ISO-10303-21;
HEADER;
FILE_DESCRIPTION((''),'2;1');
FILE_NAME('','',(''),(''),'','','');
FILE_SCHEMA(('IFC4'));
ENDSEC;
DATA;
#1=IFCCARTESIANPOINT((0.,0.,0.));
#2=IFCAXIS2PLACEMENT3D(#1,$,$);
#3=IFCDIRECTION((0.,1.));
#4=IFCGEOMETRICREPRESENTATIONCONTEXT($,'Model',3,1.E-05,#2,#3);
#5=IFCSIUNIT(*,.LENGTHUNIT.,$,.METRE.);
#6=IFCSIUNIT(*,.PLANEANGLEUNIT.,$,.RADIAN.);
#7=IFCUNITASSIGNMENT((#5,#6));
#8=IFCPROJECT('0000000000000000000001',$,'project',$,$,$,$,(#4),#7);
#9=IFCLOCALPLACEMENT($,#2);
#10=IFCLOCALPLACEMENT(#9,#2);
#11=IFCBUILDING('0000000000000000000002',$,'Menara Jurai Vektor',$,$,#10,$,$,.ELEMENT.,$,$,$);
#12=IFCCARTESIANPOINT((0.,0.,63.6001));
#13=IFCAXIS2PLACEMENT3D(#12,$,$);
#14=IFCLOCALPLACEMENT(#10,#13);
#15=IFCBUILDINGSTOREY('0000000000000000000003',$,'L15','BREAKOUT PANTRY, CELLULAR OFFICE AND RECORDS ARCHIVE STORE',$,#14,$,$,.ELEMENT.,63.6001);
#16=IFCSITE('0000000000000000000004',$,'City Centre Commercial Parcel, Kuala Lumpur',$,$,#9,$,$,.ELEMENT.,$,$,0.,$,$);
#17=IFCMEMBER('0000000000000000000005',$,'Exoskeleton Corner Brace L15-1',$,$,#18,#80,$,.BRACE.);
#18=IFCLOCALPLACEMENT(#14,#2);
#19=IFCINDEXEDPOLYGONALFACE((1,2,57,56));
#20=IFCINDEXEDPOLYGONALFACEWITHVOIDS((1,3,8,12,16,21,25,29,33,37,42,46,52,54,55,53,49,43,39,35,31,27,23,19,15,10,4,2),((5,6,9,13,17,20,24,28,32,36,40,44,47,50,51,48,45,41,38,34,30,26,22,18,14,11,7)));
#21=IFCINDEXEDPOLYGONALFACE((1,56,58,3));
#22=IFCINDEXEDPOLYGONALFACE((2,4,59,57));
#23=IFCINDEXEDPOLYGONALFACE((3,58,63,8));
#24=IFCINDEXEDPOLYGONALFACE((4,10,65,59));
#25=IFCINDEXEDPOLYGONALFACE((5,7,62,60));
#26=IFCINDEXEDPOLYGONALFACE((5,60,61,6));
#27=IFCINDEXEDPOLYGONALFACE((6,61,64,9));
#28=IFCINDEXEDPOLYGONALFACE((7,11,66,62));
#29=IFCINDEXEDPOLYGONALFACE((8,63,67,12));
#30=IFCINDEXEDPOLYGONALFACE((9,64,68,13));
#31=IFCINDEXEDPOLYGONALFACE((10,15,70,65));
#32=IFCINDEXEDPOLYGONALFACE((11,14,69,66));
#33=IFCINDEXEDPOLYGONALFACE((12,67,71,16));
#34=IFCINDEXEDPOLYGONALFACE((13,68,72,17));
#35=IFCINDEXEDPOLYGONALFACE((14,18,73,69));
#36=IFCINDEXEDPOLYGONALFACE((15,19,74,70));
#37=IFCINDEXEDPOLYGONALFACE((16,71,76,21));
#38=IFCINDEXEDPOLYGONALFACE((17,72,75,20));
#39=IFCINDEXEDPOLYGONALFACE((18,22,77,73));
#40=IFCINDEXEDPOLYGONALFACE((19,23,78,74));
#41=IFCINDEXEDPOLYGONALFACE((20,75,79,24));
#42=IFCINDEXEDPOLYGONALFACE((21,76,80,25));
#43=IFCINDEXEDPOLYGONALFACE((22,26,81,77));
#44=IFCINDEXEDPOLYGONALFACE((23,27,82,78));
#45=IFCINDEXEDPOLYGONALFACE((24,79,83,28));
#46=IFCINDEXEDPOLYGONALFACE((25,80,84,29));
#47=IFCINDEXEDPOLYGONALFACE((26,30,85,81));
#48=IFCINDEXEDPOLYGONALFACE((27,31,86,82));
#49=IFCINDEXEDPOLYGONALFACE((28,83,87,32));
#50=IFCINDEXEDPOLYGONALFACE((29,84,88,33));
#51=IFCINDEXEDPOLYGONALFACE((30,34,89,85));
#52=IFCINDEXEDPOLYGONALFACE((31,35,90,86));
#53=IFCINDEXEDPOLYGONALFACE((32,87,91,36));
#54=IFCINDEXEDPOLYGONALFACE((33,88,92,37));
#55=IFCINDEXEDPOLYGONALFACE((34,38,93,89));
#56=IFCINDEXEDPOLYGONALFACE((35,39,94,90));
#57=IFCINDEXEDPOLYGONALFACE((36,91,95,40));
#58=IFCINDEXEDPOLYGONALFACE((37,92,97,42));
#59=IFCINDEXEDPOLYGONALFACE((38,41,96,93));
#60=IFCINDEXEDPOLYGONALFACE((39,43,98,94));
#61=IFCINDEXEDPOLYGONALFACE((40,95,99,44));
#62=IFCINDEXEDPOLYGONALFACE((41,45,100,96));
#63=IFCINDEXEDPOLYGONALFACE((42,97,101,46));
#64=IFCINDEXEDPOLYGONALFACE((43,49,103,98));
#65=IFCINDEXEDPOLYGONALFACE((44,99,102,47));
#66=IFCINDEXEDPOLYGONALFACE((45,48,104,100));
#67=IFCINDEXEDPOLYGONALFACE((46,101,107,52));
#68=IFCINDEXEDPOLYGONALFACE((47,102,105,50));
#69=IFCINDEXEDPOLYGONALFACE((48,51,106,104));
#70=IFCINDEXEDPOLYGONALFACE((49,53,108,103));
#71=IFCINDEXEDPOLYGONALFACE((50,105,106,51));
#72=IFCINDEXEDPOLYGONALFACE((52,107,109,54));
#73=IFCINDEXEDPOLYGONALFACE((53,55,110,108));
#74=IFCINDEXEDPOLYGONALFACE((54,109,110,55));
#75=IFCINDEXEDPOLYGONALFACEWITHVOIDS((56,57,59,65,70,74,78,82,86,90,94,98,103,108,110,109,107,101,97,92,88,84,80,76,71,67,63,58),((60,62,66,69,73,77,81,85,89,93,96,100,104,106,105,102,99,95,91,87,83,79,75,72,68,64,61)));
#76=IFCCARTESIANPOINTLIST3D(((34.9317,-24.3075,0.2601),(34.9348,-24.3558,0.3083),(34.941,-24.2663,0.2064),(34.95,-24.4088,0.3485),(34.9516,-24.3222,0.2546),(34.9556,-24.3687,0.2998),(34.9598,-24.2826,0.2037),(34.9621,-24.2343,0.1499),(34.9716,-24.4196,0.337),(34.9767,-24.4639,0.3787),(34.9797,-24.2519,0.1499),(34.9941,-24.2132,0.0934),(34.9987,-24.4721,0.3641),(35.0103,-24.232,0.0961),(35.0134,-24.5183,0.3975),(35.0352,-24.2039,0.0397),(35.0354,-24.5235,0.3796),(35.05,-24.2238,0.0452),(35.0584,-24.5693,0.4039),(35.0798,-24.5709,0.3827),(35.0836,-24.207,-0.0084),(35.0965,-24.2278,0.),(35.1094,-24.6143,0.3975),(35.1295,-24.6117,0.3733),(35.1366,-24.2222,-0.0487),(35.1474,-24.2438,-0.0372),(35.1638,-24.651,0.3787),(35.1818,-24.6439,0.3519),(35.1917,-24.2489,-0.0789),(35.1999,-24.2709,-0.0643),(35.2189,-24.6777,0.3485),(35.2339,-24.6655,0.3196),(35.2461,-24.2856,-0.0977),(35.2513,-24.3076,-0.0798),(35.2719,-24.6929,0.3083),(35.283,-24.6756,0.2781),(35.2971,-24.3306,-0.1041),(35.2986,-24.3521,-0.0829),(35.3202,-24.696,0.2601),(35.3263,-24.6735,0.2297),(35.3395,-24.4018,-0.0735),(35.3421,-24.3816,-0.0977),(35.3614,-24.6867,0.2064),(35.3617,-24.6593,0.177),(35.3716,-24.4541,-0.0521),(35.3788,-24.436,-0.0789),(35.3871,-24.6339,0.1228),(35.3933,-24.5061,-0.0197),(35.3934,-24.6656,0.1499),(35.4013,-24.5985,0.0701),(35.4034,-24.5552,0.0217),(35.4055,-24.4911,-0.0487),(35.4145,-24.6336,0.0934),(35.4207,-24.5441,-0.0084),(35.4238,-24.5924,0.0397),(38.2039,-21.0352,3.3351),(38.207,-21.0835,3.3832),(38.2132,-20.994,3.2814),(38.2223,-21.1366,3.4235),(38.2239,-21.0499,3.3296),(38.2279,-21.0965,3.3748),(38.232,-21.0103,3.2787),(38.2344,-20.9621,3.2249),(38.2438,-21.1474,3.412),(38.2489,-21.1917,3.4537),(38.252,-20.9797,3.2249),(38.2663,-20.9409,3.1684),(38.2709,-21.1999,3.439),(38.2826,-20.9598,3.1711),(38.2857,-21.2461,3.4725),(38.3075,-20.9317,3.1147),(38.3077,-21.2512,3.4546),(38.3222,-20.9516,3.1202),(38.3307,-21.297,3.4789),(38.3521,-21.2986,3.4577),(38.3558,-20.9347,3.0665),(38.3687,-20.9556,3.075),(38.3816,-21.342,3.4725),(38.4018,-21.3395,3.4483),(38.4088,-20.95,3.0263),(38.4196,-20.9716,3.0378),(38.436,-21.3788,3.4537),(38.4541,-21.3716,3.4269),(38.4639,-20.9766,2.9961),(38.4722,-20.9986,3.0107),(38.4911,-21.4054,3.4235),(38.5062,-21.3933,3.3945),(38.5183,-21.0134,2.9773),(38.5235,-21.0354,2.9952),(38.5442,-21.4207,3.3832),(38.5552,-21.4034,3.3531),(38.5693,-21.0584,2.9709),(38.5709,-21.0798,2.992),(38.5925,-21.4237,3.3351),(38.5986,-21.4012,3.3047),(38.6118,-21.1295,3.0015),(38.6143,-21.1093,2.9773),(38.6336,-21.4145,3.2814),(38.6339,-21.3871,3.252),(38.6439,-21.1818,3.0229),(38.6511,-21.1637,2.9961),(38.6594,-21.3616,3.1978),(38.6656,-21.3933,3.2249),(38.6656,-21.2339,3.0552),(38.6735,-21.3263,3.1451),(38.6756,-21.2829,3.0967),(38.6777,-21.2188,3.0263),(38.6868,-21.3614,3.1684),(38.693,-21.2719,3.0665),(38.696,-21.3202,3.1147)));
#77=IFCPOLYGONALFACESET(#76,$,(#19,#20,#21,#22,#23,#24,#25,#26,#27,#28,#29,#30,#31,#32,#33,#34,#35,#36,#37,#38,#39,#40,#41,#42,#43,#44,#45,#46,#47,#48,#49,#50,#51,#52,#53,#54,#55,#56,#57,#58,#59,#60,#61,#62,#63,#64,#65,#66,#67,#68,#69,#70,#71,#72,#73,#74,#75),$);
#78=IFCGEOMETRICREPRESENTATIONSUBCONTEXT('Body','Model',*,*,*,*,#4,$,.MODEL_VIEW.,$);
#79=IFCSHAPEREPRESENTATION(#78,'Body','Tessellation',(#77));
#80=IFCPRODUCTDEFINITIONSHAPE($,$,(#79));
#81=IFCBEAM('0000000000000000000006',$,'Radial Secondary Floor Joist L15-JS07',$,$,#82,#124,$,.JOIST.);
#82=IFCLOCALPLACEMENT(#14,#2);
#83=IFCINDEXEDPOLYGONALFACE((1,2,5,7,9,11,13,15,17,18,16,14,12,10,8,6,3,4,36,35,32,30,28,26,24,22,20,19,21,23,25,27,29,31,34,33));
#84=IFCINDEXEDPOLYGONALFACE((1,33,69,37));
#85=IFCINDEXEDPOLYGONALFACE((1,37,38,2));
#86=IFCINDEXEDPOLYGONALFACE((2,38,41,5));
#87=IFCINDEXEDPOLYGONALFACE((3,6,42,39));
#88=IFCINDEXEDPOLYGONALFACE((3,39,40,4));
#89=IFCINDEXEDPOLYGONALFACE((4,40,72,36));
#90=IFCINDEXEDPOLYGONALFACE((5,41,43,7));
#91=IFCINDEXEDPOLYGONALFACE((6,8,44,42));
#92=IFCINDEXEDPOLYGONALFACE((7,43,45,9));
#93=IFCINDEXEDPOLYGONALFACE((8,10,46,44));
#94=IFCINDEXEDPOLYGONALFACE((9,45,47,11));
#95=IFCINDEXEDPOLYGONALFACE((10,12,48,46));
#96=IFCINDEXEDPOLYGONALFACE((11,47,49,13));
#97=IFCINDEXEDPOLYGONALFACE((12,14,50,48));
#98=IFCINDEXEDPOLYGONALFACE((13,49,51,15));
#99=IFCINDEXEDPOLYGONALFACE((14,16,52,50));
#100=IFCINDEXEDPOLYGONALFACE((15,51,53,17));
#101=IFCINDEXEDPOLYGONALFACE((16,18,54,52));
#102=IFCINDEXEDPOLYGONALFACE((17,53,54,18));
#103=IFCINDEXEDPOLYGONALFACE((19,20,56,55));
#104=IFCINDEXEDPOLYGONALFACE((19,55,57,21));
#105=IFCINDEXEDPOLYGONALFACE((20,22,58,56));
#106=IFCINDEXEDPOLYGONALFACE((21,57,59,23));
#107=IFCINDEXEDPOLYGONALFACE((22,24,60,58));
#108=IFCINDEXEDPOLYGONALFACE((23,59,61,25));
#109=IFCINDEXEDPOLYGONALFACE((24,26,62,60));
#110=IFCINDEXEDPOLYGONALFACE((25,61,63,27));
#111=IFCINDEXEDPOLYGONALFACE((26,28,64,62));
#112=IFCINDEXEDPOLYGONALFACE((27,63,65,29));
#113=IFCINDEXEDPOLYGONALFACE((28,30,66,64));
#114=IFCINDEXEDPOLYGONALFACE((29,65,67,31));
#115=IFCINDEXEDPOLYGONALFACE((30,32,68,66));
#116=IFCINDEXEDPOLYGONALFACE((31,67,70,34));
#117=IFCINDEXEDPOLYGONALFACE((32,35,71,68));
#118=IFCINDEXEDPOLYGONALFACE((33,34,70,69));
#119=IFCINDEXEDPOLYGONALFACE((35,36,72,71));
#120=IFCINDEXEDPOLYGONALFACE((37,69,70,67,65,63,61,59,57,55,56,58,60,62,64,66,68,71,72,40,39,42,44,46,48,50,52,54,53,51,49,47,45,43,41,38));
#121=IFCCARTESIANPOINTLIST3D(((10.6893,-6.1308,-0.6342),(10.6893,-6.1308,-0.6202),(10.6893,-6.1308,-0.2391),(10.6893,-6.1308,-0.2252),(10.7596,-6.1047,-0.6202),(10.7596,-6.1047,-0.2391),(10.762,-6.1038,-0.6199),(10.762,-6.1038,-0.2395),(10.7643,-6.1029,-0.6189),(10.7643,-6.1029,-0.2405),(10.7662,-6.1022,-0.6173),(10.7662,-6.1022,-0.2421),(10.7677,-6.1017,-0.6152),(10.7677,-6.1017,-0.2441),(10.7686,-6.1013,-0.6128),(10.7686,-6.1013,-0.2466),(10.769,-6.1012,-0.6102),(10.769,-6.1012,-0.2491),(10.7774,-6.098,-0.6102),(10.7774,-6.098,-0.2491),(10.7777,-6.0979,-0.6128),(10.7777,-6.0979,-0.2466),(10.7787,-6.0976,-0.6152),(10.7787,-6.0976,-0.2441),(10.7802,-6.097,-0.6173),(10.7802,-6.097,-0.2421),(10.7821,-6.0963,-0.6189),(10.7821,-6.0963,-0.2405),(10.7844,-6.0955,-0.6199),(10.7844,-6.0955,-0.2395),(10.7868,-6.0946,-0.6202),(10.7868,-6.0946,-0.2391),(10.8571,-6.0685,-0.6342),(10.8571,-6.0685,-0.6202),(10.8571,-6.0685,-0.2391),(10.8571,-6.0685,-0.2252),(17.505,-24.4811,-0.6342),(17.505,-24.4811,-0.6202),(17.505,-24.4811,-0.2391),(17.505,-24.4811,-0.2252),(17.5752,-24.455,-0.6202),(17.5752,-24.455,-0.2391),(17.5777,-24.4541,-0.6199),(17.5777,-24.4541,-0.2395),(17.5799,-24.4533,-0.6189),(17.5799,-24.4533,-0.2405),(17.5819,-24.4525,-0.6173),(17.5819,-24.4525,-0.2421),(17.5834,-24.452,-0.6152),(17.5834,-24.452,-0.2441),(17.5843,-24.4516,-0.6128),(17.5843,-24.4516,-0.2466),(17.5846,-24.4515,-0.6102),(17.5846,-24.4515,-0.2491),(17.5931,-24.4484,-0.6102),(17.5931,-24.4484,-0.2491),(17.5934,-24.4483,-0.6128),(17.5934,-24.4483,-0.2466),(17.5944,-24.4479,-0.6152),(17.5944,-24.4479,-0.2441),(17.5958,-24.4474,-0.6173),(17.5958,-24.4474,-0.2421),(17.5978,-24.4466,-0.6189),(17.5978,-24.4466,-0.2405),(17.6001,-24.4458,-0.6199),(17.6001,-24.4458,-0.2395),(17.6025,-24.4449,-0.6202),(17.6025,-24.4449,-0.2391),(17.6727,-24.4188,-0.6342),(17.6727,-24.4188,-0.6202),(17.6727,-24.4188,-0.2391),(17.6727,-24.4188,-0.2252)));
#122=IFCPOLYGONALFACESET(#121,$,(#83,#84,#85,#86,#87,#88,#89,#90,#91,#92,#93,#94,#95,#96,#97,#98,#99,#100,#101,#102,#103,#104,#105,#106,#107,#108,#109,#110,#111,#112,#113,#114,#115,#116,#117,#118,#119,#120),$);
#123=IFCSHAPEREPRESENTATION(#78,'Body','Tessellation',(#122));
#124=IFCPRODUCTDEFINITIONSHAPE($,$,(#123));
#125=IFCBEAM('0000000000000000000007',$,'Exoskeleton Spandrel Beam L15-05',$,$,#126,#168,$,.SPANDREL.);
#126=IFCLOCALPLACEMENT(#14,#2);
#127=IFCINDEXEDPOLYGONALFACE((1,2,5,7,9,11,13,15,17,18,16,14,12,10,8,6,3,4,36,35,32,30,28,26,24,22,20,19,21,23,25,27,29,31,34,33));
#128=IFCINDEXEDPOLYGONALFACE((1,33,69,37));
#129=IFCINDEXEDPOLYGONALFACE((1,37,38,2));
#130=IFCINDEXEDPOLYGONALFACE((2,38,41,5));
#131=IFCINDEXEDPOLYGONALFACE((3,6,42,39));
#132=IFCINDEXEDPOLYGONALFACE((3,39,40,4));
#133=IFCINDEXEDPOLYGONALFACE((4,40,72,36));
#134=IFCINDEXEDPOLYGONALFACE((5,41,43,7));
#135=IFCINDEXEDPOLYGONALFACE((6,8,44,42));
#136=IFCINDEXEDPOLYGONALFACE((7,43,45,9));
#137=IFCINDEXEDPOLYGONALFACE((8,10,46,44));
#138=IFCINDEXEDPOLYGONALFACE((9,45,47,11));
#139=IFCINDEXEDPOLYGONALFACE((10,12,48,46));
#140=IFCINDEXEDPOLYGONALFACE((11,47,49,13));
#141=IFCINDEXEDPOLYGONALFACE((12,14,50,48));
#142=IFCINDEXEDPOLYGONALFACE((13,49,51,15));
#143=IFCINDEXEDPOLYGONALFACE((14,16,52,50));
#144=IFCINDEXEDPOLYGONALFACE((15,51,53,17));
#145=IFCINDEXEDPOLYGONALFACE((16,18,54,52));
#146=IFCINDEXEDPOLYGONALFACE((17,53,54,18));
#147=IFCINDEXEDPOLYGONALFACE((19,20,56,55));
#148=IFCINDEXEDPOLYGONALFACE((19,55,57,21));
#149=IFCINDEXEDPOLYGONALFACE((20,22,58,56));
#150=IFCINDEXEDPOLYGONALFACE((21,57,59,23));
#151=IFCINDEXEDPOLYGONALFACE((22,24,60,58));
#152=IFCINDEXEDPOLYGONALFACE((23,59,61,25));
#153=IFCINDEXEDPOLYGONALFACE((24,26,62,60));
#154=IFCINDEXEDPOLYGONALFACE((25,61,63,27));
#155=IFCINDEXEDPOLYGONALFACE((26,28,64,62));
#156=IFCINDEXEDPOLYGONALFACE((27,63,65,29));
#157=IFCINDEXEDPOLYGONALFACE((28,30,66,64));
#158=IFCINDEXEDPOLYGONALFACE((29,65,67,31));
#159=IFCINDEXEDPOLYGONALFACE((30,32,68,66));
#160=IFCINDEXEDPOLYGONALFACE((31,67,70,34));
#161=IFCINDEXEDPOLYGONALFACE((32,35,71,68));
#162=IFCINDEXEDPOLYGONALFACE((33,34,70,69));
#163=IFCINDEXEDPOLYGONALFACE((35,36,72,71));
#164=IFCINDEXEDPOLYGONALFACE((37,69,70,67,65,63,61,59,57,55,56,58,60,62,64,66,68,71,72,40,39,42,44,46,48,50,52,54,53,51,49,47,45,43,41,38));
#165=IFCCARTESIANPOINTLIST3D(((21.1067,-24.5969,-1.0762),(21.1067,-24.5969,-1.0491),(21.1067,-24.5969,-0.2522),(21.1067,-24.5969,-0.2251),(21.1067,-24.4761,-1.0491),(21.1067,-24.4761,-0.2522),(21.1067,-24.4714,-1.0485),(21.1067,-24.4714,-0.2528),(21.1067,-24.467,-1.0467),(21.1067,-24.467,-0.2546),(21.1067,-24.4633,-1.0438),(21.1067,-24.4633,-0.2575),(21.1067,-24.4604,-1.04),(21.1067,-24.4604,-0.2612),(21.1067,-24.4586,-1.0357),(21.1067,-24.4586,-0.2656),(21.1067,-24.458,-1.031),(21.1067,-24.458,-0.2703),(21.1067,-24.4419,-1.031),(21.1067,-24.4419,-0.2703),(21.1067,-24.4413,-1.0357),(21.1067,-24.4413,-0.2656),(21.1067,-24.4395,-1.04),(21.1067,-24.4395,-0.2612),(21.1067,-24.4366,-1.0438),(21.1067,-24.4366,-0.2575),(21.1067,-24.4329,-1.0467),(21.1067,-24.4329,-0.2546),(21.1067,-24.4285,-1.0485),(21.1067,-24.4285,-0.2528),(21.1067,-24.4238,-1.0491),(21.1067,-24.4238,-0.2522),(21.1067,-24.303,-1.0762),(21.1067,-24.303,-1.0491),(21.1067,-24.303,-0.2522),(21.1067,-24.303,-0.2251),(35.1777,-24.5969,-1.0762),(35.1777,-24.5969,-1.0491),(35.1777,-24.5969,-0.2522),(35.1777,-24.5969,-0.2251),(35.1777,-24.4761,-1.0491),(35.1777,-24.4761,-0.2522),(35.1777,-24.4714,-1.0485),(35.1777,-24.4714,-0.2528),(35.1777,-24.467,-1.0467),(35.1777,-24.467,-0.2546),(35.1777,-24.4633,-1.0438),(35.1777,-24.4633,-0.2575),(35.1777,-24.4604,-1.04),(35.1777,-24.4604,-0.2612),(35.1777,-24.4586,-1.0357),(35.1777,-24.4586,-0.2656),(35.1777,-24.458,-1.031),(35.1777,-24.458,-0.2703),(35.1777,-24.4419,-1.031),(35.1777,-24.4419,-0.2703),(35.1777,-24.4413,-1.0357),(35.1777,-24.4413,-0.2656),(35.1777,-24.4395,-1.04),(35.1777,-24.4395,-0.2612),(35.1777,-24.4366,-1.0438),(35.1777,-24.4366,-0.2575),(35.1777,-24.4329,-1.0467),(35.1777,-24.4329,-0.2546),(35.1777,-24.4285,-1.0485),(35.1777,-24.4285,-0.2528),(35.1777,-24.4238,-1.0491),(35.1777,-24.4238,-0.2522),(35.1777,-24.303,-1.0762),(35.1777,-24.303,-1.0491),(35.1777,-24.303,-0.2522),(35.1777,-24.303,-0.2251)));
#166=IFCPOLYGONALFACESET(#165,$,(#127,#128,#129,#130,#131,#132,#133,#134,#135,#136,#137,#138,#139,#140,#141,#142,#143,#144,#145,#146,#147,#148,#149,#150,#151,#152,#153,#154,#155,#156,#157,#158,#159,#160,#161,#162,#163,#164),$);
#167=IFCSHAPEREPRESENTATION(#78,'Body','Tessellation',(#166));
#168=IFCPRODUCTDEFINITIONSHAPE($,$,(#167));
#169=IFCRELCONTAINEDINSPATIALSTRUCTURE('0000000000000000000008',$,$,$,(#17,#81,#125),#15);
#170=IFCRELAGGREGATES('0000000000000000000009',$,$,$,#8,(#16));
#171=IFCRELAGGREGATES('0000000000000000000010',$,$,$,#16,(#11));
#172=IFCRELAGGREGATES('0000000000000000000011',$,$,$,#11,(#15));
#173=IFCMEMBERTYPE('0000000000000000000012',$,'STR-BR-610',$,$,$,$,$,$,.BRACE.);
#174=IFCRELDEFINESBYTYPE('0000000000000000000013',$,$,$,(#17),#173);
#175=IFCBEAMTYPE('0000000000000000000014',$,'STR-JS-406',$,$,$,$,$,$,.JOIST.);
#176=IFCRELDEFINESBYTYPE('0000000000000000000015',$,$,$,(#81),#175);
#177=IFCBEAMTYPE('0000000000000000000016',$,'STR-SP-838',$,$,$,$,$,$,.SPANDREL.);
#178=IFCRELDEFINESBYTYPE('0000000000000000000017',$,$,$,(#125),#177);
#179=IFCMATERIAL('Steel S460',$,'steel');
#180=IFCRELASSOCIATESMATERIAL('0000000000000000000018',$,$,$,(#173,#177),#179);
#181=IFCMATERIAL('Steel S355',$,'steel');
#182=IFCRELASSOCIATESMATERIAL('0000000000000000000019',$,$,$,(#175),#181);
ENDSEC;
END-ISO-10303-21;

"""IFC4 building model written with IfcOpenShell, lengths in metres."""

from ifc_helpers import new_model, si_unit, direction, frame, origin, origin_2d, place, context, subcontext, project, spatial, hollow_circle, i_section, extrude, material, material_profile, profile_set, type_object, element, save


model = new_model("IFC4")

# Units and contexts
model_context = context("Model", 3, precision=1e-05, world=origin(), true_north=direction((0.0, 1.0)))
body_context = subcontext(model_context, "Body", "Model", "MODEL_VIEW")
ifc_project = project(units=[si_unit("LENGTHUNIT", "METRE"), si_unit("PLANEANGLEUNIT", "RADIAN")], contexts=[model_context])

# Site, building, storey
site_placement = place(None, origin())
site = spatial("IfcSite", under=ifc_project, at=site_placement, Name="City Centre Commercial Parcel, Kuala Lumpur", CompositionType="ELEMENT", RefElevation=0.0)
building_placement = place(site_placement, origin())
building = spatial("IfcBuilding", under=site, at=building_placement, Name="Menara Jurai Vektor", CompositionType="ELEMENT")
storey_placement = place(building_placement, frame((0.0, 0.0, 63.6001)))
storey = spatial("IfcBuildingStorey", under=building, at=storey_placement, Name="L15", Description="BREAKOUT PANTRY, CELLULAR OFFICE AND RECORDS ARCHIVE STORE", CompositionType="ELEMENT", Elevation=63.6001)

# Shared definitions
ifc_material_1 = material(Name="Steel S460", Category="steel")

# Shared definitions
ifc_material_2 = material(Name="Steel S355", Category="steel")

# Member
ifc_material_profile_1 = material_profile(ifc_material_1, hollow_circle(Radius=0.3049, WallThickness=0.0249, at=origin_2d()), Name="CHS 610x25")
ifc_profile_set_1 = profile_set([ifc_material_profile_1], Name="Steel S460")
member_type_1 = type_object("IfcMemberType", Name="STR-BR-610", PredefinedType="BRACE", material=ifc_profile_set_1)
member_1_placement = place(storey_placement, frame((35.1777, -24.45, 0.1499), z_axis=(0.588942, 0.588942, 0.553438), x_axis=(-0.707107, 0.707107, 0.0)))
element("IfcMember", 1, at=member_1_placement, inside=storey, type_object=member_type_1, Name="Exoskeleton Corner Brace L15-1", PredefinedType="BRACE", context=body_context, shape_type="SweptSolid", body=[
    extrude(hollow_circle(Radius=0.3049, WallThickness=0.0249, at=origin_2d()), origin(), (0.0, 0.0, 1.0), 5.5562),
])

# Beams
ifc_material_profile_2 = material_profile(ifc_material_2, i_section(OverallWidth=0.179, OverallDepth=0.4089, WebThickness=0.009, FlangeThickness=0.0139, FilletRadius=0.01, at=origin_2d()), Name="UKB 406x178x67")
ifc_profile_set_2 = profile_set([ifc_material_profile_2], Name="Steel S355")
beam_type_1 = type_object("IfcBeamType", Name="STR-JS-406", PredefinedType="JOIST", material=ifc_profile_set_2)
beam_1_placement = place(storey_placement, frame((17.5889, -24.45, -0.4297), z_axis=(-0.348179, 0.937428, 0.0), x_axis=(-0.937428, -0.348179, 0.0)))
element("IfcBeam", 2, at=beam_1_placement, inside=storey, type_object=beam_type_1, Name="Radial Secondary Floor Joist L15-JS07", PredefinedType="JOIST", context=body_context, shape_type="SweptSolid", body=[
    extrude(i_section(OverallWidth=0.179, OverallDepth=0.4089, WebThickness=0.009, FlangeThickness=0.0139, FilletRadius=0.01, at=origin_2d()), origin(), (0.0, 0.0, 1.0), 19.5752),
])
ifc_material_profile_3 = material_profile(ifc_material_1, i_section(OverallWidth=0.2939, OverallDepth=0.8511, WebThickness=0.0161, FlangeThickness=0.0271, FilletRadius=0.0181, at=origin_2d()), Name="UKB 838x292x226")
ifc_profile_set_3 = profile_set([ifc_material_profile_3], Name="Steel S460")
beam_type_2 = type_object("IfcBeamType", Name="STR-SP-838", PredefinedType="SPANDREL", material=ifc_profile_set_3)
beam_2_placement = place(storey_placement, frame((21.1067, -24.45, -0.6506), z_axis=(1.0, 0.0, 0.0), x_axis=(0.0, 1.0, 0.0)))
element("IfcBeam", 3, at=beam_2_placement, inside=storey, type_object=beam_type_2, Name="Exoskeleton Spandrel Beam L15-05", PredefinedType="SPANDREL", context=body_context, shape_type="SweptSolid", body=[
    extrude(i_section(OverallWidth=0.2939, OverallDepth=0.8511, WebThickness=0.0161, FlangeThickness=0.0271, FilletRadius=0.0181, at=origin_2d()), origin(), (0.0, 0.0, 1.0), 14.071),
])

save(model, "model.ifc")
